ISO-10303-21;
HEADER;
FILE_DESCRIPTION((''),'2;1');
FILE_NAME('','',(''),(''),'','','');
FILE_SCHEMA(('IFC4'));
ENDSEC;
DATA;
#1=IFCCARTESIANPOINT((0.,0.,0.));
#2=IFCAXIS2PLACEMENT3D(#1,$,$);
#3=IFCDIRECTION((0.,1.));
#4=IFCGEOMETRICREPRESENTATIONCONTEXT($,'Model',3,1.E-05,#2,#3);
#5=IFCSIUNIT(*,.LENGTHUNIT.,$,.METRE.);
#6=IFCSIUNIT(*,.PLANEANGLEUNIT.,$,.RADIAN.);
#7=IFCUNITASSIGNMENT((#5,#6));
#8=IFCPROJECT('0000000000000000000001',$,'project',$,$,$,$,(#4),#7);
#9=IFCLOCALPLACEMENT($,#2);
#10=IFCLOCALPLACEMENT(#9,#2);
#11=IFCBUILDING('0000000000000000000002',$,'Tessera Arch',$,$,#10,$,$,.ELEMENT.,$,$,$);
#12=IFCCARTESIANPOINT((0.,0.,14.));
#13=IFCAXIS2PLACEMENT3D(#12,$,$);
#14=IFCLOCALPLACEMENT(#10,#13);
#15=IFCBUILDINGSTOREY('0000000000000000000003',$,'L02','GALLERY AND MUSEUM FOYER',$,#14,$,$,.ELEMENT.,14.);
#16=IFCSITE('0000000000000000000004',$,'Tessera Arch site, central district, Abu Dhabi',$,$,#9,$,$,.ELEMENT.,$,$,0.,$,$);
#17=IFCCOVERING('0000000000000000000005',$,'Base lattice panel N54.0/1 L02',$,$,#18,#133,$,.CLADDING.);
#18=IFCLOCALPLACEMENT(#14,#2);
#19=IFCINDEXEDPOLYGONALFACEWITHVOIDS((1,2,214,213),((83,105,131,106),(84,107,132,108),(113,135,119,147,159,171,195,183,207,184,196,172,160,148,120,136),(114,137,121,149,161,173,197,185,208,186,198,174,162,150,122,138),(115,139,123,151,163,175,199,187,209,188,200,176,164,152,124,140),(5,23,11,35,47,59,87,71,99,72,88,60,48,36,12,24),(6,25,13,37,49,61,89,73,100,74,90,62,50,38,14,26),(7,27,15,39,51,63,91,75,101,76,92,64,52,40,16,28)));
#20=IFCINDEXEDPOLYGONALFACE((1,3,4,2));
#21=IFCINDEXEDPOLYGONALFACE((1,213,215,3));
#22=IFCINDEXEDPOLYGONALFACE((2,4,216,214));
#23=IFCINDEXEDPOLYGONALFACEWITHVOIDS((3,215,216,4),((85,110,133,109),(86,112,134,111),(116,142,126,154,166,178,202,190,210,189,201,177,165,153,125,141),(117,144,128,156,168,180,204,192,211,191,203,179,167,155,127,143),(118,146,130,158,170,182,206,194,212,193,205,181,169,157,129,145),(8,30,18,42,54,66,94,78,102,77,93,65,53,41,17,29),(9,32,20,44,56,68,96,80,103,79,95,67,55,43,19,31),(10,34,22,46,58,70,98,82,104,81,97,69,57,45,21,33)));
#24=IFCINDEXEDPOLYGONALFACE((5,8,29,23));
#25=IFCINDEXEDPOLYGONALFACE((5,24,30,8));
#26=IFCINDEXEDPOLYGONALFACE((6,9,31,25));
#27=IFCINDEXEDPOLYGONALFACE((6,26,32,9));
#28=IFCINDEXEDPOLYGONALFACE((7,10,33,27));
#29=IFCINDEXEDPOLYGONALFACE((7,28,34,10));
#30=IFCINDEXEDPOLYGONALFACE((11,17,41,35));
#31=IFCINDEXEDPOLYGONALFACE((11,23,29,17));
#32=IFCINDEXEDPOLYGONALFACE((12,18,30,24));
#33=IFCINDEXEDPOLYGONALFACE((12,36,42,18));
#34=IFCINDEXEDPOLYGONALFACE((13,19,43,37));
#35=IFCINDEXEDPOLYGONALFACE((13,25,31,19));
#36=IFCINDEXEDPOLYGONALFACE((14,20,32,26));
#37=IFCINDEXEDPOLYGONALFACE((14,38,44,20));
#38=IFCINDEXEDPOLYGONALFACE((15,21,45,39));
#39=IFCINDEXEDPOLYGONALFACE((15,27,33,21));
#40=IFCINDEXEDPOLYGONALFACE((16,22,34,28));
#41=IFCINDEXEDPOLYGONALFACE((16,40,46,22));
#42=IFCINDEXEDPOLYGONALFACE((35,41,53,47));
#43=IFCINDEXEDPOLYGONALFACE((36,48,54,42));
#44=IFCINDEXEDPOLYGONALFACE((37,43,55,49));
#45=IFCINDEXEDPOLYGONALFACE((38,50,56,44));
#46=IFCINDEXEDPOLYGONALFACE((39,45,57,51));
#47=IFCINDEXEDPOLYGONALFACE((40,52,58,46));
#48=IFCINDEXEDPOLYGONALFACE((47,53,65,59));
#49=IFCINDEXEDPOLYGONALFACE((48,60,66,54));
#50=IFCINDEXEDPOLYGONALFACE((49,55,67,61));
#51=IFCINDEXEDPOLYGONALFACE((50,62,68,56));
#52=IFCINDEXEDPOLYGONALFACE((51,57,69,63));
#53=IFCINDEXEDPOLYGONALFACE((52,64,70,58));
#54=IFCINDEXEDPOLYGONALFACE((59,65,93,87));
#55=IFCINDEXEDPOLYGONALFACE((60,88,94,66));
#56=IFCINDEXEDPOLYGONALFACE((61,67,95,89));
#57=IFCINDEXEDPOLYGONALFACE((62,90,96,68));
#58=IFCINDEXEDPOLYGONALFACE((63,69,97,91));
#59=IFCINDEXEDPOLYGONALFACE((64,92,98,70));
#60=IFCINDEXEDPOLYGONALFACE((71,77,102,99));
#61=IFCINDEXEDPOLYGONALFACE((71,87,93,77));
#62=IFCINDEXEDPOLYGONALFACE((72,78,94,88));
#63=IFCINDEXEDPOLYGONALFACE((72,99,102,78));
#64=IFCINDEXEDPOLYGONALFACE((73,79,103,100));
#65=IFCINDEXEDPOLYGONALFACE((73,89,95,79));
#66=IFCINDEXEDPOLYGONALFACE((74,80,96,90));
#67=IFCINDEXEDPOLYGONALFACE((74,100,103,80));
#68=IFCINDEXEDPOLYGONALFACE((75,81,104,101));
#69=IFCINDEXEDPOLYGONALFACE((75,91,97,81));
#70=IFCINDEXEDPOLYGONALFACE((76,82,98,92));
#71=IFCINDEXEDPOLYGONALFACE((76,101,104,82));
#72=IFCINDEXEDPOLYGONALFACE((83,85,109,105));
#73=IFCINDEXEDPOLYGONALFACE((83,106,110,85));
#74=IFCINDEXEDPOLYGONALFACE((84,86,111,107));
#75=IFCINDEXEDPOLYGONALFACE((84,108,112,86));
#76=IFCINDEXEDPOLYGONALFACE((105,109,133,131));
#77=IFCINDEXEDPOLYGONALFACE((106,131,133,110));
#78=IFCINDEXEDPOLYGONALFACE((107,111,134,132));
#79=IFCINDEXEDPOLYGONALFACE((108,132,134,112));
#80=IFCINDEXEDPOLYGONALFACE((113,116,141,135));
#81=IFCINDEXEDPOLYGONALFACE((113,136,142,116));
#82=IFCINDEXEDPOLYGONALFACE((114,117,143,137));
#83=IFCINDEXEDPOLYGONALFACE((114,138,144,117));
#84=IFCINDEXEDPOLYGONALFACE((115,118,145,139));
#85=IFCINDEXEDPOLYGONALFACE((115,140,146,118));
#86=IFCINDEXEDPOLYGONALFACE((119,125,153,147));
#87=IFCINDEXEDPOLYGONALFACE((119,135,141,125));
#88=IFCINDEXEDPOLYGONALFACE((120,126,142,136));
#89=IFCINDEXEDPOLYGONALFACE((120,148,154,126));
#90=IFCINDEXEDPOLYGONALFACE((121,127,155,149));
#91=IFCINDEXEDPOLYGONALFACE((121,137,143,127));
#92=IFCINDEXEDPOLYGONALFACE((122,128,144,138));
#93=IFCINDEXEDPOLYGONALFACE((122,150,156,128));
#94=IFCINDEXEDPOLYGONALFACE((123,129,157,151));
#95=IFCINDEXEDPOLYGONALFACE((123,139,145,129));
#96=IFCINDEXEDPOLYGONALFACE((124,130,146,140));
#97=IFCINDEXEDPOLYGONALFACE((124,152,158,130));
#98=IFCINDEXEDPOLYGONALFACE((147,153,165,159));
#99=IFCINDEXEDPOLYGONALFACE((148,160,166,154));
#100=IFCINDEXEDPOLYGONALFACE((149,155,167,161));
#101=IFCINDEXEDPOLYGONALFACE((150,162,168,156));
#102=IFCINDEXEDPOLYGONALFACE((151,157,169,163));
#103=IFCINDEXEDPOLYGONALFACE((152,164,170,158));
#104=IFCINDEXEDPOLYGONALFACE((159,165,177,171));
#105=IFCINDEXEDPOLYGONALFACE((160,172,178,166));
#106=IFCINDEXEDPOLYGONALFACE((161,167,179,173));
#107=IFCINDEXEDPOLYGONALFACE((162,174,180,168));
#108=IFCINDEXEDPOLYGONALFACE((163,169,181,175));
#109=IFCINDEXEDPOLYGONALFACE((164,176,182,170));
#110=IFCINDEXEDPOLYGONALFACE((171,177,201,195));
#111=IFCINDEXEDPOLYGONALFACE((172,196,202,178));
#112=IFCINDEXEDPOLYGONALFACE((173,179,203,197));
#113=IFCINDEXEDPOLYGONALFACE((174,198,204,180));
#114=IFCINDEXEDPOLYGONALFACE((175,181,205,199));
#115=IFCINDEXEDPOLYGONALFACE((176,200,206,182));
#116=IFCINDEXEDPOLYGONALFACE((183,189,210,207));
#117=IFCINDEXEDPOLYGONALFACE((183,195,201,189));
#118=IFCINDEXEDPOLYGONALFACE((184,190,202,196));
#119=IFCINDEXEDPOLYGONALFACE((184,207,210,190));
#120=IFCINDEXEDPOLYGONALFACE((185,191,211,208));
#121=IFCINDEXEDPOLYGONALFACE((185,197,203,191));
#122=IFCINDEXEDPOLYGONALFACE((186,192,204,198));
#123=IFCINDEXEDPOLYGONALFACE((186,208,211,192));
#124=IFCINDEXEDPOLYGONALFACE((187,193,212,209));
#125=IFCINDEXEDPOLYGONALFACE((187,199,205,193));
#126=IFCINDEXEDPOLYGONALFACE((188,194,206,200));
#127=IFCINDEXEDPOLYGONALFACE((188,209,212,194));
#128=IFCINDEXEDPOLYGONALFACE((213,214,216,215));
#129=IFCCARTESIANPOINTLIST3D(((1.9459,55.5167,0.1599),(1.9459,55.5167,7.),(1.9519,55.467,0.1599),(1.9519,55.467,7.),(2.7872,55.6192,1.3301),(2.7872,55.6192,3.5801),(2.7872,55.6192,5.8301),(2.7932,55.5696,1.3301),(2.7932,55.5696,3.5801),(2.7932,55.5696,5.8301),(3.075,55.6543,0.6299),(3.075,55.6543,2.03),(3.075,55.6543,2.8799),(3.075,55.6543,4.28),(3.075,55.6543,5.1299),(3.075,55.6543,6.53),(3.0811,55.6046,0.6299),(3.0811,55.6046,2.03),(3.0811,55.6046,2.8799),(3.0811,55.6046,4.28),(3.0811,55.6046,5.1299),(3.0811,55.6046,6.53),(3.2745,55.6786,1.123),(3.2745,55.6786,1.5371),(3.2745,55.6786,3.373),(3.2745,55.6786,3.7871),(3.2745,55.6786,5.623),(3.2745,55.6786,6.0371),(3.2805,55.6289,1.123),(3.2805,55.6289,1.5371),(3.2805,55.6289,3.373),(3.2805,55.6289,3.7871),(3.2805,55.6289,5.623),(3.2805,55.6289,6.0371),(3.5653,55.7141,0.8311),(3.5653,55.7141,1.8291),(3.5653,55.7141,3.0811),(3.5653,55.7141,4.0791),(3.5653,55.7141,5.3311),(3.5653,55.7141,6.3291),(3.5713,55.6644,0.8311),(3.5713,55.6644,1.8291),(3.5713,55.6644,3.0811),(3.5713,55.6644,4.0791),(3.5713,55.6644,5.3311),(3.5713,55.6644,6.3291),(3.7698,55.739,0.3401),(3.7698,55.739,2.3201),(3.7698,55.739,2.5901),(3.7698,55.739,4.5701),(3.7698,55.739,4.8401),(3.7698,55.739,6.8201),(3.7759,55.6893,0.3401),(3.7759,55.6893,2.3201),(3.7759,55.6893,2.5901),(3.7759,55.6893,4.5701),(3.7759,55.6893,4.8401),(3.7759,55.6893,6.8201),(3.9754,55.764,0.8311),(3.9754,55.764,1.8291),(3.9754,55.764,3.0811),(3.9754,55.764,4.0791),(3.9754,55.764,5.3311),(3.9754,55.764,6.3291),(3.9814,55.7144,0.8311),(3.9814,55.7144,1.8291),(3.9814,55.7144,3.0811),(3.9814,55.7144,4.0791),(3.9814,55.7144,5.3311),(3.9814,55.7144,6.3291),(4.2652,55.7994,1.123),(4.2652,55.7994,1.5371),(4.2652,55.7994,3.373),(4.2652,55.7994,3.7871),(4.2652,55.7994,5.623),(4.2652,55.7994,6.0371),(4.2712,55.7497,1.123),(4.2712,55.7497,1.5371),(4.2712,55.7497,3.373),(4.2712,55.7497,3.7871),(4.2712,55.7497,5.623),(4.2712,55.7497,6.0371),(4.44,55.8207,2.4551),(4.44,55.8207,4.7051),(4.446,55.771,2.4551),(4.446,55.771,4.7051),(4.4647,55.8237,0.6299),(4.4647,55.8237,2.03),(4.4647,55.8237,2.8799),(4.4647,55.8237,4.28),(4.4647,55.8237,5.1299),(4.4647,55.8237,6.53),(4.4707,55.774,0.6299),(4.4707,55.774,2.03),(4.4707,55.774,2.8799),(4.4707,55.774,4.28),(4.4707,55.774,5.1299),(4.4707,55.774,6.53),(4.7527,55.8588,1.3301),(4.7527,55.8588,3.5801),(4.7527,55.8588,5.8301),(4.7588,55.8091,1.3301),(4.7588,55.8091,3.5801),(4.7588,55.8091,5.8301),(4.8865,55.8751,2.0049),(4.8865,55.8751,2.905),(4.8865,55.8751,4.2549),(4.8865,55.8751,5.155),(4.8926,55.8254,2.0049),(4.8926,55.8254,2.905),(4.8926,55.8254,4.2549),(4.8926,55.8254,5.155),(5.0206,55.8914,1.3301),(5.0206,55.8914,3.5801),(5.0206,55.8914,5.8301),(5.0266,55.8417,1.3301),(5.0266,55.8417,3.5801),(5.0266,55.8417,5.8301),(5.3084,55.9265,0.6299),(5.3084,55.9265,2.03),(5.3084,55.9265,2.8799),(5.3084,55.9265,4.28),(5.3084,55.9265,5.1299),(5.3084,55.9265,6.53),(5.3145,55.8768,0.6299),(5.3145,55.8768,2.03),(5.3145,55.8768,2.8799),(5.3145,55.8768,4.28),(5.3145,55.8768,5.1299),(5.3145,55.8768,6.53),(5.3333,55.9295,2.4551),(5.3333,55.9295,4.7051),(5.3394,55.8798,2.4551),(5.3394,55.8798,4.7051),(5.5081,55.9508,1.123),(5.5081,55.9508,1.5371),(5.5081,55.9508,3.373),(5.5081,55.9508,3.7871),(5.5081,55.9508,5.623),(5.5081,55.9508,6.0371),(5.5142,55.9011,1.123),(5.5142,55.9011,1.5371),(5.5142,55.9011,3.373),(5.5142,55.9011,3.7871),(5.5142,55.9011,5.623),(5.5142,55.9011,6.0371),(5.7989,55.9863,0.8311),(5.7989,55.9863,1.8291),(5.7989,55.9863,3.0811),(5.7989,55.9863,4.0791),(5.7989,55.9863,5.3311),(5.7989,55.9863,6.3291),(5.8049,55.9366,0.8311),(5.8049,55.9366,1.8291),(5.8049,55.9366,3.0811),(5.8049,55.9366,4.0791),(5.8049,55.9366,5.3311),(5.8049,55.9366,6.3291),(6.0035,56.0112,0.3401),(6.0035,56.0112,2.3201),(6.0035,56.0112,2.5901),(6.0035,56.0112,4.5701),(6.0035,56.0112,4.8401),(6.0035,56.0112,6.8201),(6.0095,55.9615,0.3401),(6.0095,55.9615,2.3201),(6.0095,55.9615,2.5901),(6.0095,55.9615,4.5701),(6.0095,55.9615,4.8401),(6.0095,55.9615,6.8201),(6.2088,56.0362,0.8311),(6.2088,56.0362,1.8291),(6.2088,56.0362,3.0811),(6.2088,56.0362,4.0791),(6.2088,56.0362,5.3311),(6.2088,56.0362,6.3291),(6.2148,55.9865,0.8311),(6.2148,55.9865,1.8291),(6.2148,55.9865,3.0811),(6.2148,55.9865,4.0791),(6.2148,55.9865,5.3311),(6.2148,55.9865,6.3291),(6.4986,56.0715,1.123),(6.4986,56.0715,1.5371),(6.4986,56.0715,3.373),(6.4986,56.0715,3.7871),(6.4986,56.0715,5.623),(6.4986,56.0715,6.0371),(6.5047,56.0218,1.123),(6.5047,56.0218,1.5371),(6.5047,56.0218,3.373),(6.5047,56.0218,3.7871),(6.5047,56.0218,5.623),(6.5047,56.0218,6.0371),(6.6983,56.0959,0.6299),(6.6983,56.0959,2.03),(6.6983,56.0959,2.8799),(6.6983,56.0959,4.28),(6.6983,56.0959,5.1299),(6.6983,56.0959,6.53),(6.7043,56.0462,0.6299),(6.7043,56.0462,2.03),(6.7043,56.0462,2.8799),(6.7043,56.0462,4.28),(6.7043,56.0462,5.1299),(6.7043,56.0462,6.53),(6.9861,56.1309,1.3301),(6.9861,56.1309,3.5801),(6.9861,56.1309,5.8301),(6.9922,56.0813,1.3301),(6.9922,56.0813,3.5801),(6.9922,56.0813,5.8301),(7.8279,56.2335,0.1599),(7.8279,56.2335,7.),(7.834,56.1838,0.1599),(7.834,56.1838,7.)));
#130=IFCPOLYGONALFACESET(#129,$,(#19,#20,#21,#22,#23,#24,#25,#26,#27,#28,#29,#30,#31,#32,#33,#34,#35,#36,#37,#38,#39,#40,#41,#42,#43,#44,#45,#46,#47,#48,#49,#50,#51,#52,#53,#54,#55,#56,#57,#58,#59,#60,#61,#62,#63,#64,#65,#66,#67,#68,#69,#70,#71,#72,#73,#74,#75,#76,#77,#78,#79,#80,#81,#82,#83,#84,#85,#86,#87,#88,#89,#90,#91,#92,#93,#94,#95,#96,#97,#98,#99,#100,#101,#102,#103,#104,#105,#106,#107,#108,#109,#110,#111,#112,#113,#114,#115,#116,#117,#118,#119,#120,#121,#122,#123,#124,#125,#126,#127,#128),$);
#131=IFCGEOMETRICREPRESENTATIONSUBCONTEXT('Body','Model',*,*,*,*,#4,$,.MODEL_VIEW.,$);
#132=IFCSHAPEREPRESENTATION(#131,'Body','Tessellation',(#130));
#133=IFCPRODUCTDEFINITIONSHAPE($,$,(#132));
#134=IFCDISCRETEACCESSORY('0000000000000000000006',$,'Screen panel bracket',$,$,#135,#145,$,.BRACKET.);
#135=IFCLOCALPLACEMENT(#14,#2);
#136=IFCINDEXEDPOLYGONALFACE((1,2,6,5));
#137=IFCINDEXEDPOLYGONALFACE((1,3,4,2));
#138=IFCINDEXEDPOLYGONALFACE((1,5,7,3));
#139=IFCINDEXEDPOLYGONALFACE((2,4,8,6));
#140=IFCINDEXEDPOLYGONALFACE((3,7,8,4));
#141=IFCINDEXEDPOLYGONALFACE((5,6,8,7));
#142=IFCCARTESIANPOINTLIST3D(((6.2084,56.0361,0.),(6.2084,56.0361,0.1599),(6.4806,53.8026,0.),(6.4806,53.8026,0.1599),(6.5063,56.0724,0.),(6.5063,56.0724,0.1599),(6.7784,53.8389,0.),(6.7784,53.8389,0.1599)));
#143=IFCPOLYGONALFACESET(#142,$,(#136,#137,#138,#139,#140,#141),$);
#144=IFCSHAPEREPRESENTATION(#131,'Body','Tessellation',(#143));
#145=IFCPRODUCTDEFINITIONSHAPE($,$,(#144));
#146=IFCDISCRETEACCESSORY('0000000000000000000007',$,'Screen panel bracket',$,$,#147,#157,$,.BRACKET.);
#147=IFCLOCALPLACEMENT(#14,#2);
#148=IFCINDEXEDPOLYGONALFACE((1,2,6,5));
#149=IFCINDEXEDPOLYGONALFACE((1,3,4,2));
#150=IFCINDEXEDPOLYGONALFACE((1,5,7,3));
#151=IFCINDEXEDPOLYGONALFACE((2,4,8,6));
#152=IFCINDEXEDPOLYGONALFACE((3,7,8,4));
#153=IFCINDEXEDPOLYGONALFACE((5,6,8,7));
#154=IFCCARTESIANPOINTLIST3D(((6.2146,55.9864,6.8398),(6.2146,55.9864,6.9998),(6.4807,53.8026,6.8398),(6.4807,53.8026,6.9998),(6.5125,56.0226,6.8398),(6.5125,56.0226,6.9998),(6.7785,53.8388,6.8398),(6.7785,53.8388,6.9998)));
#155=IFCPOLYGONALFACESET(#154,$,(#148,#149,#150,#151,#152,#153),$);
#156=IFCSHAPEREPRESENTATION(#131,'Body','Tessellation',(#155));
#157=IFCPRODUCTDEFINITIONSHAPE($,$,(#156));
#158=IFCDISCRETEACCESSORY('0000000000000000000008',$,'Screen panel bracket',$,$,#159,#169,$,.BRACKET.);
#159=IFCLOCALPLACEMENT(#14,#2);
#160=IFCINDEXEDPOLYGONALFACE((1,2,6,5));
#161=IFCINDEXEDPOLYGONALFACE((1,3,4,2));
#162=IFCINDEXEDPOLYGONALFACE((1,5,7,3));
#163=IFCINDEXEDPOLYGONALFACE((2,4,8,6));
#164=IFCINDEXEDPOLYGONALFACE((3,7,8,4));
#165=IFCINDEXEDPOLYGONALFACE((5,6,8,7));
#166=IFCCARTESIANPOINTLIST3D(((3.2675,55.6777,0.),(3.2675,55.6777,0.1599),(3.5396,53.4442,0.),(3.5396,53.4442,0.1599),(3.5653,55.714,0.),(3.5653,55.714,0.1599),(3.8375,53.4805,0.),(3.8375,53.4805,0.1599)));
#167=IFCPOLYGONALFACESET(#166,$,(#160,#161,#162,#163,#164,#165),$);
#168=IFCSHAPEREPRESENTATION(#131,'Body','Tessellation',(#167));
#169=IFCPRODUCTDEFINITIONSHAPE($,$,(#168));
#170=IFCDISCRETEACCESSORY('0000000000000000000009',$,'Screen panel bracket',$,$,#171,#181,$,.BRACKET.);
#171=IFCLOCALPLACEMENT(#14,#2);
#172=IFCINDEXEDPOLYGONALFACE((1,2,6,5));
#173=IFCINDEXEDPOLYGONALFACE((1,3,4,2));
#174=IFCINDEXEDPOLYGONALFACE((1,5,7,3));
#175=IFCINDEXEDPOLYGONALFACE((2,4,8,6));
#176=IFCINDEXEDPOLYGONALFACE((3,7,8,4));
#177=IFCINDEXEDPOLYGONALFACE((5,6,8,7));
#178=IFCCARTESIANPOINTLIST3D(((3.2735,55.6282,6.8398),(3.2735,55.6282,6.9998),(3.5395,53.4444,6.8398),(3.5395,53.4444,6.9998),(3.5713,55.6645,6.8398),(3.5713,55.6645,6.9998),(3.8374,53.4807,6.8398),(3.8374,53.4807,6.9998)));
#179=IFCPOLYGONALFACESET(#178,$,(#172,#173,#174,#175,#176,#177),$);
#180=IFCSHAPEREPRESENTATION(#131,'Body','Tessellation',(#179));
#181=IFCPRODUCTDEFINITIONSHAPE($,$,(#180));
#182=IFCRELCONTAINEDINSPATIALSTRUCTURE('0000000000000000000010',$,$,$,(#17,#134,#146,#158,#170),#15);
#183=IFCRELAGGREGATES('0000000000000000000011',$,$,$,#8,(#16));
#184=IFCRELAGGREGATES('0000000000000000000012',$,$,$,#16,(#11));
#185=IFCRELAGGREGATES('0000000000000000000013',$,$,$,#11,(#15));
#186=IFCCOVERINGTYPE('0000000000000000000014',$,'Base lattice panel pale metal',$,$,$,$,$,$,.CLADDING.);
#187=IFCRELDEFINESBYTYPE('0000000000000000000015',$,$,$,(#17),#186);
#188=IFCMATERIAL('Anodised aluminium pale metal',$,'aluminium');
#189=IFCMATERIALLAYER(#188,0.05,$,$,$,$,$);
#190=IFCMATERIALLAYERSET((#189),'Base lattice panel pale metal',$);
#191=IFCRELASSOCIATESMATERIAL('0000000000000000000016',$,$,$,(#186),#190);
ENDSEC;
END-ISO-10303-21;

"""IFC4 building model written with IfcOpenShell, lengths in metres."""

from ifc_helpers import new_model, si_unit, direction, frame, origin, origin_2d, place, context, subcontext, project, spatial, polyline, rectangle, outline, extrude, material, layer, layer_set, type_object, element, save


model = new_model("IFC4")

# Units and contexts
model_context = context("Model", 3, precision=1e-05, world=origin(), true_north=direction((0.0, 1.0)))
body_context = subcontext(model_context, "Body", "Model", "MODEL_VIEW")
ifc_project = project(units=[si_unit("LENGTHUNIT", "METRE"), si_unit("PLANEANGLEUNIT", "RADIAN")], contexts=[model_context])

# Site, building, storey
site_placement = place(None, origin())
site = spatial("IfcSite", under=ifc_project, at=site_placement, Name="Tessera Arch site, central district, Abu Dhabi", CompositionType="ELEMENT", RefElevation=0.0)
building_placement = place(site_placement, origin())
building = spatial("IfcBuilding", under=site, at=building_placement, Name="Tessera Arch", CompositionType="ELEMENT")
storey_placement = place(building_placement, frame((0.0, 0.0, 14.0)))
storey = spatial("IfcBuildingStorey", under=building, at=storey_placement, Name="L02", Description="GALLERY AND MUSEUM FOYER", CompositionType="ELEMENT", Elevation=14.0)

# Covering
ifc_material_1 = material(Name="Anodised aluminium pale metal", Category="aluminium")
ifc_layer_1 = layer(ifc_material_1, 0.05)
ifc_layer_set_1 = layer_set([ifc_layer_1], Name="Base lattice panel pale metal")
covering_type = type_object("IfcCoveringType", Name="Base lattice panel pale metal", PredefinedType="CLADDING", material=ifc_layer_set_1)
covering_placement = place(storey_placement, frame((7.834, 56.1838, 7.0), z_axis=(0.120966, -0.992657, 0.0), x_axis=(-0.992657, -0.120966, 0.0)))
element("IfcCovering", 1, at=covering_placement, inside=storey, type_object=covering_type, Name="Base lattice panel N54.0/1 L02", PredefinedType="CLADDING", context=body_context, shape_type="SweptSolid", body=[
    extrude(outline(polyline([(0.0, 0.0), (5.9256, 0.0), (5.9256, 6.8401), (0.0, 6.8401), (0.0, 0.0)]), holes=[polyline([(2.8281, 5.6699), (2.337, 5.4629), (2.5382, 4.97), (2.0441, 5.1709), (1.838, 4.6799), (1.6311, 5.1709), (1.138, 4.97), (1.3392, 5.4629), (0.848, 5.6699), (1.3392, 5.877), (1.138, 6.3701), (1.6311, 6.1689), (1.838, 6.6599), (2.0441, 6.1689), (2.5382, 6.3701), (2.337, 5.877), (2.8281, 5.6699)]), polyline([(2.8281, 3.4199), (2.337, 3.2129), (2.5382, 2.72), (2.0441, 2.9209), (1.838, 2.4299), (1.6311, 2.9209), (1.138, 2.72), (1.3392, 3.2129), (0.848, 3.4199), (1.3392, 3.627), (1.138, 4.1201), (1.6311, 3.9189), (1.838, 4.4099), (2.0441, 3.9189), (2.5382, 4.1201), (2.337, 3.627), (2.8281, 3.4199)]), polyline([(2.8281, 1.1699), (2.337, 0.9629), (2.5382, 0.47), (2.0441, 0.6709), (1.838, 0.1799), (1.6311, 0.6709), (1.138, 0.47), (1.3392, 0.9629), (0.848, 1.1699), (1.3392, 1.377), (1.138, 1.8701), (1.6311, 1.6689), (1.838, 2.1599), (2.0441, 1.6689), (2.5382, 1.8701), (2.337, 1.377), (2.8281, 1.1699)]), polyline([(5.0781, 5.6699), (4.5872, 5.4629), (4.7881, 4.97), (4.2942, 5.1709), (4.0881, 4.6799), (3.881, 5.1709), (3.3881, 4.97), (3.5891, 5.4629), (3.0979, 5.6699), (3.5891, 5.877), (3.3881, 6.3701), (3.881, 6.1689), (4.0881, 6.6599), (4.2942, 6.1689), (4.7881, 6.3701), (4.5872, 5.877), (5.0781, 5.6699)]), polyline([(5.0781, 3.4199), (4.5872, 3.2129), (4.7881, 2.72), (4.2942, 2.9209), (4.0881, 2.4299), (3.881, 2.9209), (3.3881, 2.72), (3.5891, 3.2129), (3.0979, 3.4199), (3.5891, 3.627), (3.3881, 4.1201), (3.881, 3.9189), (4.0881, 4.4099), (4.2942, 3.9189), (4.7881, 4.1201), (4.5872, 3.627), (5.0781, 3.4199)]), polyline([(5.0781, 1.1699), (4.5872, 0.9629), (4.7881, 0.47), (4.2942, 0.6709), (4.0881, 0.1799), (3.881, 0.6709), (3.3881, 0.47), (3.5891, 0.9629), (3.0979, 1.1699), (3.5891, 1.377), (3.3881, 1.8701), (3.881, 1.6689), (4.0881, 2.1599), (4.2942, 1.6689), (4.7881, 1.8701), (4.5872, 1.377), (5.0781, 1.1699)]), polyline([(3.413, 4.5449), (2.9632, 4.095), (2.5131, 4.5449), (2.9632, 4.9951), (3.413, 4.5449)]), polyline([(3.413, 2.2949), (2.9632, 1.845), (2.5131, 2.2949), (2.9632, 2.7451), (3.413, 2.2949)])]), origin(), (0.0, 0.0, -1.0), 0.05),
])

# Discrete accessories
discrete_accessory_1_placement = place(storey_placement, frame((6.4934, 54.9375, 0.0), z_axis=(0.0, 0.0, 1.0), x_axis=(-0.120951, 0.992658, 0.0)))
element("IfcDiscreteAccessory", 2, at=discrete_accessory_1_placement, inside=storey, Name="Screen panel bracket", PredefinedType="BRACKET", context=body_context, shape_type="SweptSolid", body=[
    extrude(rectangle(XDim=2.25, YDim=0.3, at=origin_2d()), origin(), (0.0, 0.0, 1.0), 0.1599),
])
discrete_accessory_2_placement = place(storey_placement, frame((6.4966, 54.9126, 6.8398), z_axis=(0.0, 0.0, 1.0), x_axis=(-0.120951, 0.992658, 0.0)))
element("IfcDiscreteAccessory", 3, at=discrete_accessory_2_placement, inside=storey, Name="Screen panel bracket", PredefinedType="BRACKET", context=body_context, shape_type="SweptSolid", body=[
    extrude(rectangle(XDim=2.2, YDim=0.3, at=origin_2d()), origin(), (0.0, 0.0, 1.0), 0.1599),
])
discrete_accessory_3_placement = place(storey_placement, frame((3.5525, 54.5791, 0.0), z_axis=(0.0, 0.0, 1.0), x_axis=(-0.120951, 0.992658, 0.0)))
element("IfcDiscreteAccessory", 4, at=discrete_accessory_3_placement, inside=storey, Name="Screen panel bracket", PredefinedType="BRACKET", context=body_context, shape_type="SweptSolid", body=[
    extrude(rectangle(XDim=2.25, YDim=0.3, at=origin_2d()), origin(), (0.0, 0.0, 1.0), 0.1599),
])
discrete_accessory_4_placement = place(storey_placement, frame((3.5554, 54.5544, 6.8398), z_axis=(0.0, 0.0, 1.0), x_axis=(-0.120951, 0.992658, 0.0)))
element("IfcDiscreteAccessory", 5, at=discrete_accessory_4_placement, inside=storey, Name="Screen panel bracket", PredefinedType="BRACKET", context=body_context, shape_type="SweptSolid", body=[
    extrude(rectangle(XDim=2.2, YDim=0.3, at=origin_2d()), origin(), (0.0, 0.0, 1.0), 0.1599),
])

save(model, "model.ifc")
